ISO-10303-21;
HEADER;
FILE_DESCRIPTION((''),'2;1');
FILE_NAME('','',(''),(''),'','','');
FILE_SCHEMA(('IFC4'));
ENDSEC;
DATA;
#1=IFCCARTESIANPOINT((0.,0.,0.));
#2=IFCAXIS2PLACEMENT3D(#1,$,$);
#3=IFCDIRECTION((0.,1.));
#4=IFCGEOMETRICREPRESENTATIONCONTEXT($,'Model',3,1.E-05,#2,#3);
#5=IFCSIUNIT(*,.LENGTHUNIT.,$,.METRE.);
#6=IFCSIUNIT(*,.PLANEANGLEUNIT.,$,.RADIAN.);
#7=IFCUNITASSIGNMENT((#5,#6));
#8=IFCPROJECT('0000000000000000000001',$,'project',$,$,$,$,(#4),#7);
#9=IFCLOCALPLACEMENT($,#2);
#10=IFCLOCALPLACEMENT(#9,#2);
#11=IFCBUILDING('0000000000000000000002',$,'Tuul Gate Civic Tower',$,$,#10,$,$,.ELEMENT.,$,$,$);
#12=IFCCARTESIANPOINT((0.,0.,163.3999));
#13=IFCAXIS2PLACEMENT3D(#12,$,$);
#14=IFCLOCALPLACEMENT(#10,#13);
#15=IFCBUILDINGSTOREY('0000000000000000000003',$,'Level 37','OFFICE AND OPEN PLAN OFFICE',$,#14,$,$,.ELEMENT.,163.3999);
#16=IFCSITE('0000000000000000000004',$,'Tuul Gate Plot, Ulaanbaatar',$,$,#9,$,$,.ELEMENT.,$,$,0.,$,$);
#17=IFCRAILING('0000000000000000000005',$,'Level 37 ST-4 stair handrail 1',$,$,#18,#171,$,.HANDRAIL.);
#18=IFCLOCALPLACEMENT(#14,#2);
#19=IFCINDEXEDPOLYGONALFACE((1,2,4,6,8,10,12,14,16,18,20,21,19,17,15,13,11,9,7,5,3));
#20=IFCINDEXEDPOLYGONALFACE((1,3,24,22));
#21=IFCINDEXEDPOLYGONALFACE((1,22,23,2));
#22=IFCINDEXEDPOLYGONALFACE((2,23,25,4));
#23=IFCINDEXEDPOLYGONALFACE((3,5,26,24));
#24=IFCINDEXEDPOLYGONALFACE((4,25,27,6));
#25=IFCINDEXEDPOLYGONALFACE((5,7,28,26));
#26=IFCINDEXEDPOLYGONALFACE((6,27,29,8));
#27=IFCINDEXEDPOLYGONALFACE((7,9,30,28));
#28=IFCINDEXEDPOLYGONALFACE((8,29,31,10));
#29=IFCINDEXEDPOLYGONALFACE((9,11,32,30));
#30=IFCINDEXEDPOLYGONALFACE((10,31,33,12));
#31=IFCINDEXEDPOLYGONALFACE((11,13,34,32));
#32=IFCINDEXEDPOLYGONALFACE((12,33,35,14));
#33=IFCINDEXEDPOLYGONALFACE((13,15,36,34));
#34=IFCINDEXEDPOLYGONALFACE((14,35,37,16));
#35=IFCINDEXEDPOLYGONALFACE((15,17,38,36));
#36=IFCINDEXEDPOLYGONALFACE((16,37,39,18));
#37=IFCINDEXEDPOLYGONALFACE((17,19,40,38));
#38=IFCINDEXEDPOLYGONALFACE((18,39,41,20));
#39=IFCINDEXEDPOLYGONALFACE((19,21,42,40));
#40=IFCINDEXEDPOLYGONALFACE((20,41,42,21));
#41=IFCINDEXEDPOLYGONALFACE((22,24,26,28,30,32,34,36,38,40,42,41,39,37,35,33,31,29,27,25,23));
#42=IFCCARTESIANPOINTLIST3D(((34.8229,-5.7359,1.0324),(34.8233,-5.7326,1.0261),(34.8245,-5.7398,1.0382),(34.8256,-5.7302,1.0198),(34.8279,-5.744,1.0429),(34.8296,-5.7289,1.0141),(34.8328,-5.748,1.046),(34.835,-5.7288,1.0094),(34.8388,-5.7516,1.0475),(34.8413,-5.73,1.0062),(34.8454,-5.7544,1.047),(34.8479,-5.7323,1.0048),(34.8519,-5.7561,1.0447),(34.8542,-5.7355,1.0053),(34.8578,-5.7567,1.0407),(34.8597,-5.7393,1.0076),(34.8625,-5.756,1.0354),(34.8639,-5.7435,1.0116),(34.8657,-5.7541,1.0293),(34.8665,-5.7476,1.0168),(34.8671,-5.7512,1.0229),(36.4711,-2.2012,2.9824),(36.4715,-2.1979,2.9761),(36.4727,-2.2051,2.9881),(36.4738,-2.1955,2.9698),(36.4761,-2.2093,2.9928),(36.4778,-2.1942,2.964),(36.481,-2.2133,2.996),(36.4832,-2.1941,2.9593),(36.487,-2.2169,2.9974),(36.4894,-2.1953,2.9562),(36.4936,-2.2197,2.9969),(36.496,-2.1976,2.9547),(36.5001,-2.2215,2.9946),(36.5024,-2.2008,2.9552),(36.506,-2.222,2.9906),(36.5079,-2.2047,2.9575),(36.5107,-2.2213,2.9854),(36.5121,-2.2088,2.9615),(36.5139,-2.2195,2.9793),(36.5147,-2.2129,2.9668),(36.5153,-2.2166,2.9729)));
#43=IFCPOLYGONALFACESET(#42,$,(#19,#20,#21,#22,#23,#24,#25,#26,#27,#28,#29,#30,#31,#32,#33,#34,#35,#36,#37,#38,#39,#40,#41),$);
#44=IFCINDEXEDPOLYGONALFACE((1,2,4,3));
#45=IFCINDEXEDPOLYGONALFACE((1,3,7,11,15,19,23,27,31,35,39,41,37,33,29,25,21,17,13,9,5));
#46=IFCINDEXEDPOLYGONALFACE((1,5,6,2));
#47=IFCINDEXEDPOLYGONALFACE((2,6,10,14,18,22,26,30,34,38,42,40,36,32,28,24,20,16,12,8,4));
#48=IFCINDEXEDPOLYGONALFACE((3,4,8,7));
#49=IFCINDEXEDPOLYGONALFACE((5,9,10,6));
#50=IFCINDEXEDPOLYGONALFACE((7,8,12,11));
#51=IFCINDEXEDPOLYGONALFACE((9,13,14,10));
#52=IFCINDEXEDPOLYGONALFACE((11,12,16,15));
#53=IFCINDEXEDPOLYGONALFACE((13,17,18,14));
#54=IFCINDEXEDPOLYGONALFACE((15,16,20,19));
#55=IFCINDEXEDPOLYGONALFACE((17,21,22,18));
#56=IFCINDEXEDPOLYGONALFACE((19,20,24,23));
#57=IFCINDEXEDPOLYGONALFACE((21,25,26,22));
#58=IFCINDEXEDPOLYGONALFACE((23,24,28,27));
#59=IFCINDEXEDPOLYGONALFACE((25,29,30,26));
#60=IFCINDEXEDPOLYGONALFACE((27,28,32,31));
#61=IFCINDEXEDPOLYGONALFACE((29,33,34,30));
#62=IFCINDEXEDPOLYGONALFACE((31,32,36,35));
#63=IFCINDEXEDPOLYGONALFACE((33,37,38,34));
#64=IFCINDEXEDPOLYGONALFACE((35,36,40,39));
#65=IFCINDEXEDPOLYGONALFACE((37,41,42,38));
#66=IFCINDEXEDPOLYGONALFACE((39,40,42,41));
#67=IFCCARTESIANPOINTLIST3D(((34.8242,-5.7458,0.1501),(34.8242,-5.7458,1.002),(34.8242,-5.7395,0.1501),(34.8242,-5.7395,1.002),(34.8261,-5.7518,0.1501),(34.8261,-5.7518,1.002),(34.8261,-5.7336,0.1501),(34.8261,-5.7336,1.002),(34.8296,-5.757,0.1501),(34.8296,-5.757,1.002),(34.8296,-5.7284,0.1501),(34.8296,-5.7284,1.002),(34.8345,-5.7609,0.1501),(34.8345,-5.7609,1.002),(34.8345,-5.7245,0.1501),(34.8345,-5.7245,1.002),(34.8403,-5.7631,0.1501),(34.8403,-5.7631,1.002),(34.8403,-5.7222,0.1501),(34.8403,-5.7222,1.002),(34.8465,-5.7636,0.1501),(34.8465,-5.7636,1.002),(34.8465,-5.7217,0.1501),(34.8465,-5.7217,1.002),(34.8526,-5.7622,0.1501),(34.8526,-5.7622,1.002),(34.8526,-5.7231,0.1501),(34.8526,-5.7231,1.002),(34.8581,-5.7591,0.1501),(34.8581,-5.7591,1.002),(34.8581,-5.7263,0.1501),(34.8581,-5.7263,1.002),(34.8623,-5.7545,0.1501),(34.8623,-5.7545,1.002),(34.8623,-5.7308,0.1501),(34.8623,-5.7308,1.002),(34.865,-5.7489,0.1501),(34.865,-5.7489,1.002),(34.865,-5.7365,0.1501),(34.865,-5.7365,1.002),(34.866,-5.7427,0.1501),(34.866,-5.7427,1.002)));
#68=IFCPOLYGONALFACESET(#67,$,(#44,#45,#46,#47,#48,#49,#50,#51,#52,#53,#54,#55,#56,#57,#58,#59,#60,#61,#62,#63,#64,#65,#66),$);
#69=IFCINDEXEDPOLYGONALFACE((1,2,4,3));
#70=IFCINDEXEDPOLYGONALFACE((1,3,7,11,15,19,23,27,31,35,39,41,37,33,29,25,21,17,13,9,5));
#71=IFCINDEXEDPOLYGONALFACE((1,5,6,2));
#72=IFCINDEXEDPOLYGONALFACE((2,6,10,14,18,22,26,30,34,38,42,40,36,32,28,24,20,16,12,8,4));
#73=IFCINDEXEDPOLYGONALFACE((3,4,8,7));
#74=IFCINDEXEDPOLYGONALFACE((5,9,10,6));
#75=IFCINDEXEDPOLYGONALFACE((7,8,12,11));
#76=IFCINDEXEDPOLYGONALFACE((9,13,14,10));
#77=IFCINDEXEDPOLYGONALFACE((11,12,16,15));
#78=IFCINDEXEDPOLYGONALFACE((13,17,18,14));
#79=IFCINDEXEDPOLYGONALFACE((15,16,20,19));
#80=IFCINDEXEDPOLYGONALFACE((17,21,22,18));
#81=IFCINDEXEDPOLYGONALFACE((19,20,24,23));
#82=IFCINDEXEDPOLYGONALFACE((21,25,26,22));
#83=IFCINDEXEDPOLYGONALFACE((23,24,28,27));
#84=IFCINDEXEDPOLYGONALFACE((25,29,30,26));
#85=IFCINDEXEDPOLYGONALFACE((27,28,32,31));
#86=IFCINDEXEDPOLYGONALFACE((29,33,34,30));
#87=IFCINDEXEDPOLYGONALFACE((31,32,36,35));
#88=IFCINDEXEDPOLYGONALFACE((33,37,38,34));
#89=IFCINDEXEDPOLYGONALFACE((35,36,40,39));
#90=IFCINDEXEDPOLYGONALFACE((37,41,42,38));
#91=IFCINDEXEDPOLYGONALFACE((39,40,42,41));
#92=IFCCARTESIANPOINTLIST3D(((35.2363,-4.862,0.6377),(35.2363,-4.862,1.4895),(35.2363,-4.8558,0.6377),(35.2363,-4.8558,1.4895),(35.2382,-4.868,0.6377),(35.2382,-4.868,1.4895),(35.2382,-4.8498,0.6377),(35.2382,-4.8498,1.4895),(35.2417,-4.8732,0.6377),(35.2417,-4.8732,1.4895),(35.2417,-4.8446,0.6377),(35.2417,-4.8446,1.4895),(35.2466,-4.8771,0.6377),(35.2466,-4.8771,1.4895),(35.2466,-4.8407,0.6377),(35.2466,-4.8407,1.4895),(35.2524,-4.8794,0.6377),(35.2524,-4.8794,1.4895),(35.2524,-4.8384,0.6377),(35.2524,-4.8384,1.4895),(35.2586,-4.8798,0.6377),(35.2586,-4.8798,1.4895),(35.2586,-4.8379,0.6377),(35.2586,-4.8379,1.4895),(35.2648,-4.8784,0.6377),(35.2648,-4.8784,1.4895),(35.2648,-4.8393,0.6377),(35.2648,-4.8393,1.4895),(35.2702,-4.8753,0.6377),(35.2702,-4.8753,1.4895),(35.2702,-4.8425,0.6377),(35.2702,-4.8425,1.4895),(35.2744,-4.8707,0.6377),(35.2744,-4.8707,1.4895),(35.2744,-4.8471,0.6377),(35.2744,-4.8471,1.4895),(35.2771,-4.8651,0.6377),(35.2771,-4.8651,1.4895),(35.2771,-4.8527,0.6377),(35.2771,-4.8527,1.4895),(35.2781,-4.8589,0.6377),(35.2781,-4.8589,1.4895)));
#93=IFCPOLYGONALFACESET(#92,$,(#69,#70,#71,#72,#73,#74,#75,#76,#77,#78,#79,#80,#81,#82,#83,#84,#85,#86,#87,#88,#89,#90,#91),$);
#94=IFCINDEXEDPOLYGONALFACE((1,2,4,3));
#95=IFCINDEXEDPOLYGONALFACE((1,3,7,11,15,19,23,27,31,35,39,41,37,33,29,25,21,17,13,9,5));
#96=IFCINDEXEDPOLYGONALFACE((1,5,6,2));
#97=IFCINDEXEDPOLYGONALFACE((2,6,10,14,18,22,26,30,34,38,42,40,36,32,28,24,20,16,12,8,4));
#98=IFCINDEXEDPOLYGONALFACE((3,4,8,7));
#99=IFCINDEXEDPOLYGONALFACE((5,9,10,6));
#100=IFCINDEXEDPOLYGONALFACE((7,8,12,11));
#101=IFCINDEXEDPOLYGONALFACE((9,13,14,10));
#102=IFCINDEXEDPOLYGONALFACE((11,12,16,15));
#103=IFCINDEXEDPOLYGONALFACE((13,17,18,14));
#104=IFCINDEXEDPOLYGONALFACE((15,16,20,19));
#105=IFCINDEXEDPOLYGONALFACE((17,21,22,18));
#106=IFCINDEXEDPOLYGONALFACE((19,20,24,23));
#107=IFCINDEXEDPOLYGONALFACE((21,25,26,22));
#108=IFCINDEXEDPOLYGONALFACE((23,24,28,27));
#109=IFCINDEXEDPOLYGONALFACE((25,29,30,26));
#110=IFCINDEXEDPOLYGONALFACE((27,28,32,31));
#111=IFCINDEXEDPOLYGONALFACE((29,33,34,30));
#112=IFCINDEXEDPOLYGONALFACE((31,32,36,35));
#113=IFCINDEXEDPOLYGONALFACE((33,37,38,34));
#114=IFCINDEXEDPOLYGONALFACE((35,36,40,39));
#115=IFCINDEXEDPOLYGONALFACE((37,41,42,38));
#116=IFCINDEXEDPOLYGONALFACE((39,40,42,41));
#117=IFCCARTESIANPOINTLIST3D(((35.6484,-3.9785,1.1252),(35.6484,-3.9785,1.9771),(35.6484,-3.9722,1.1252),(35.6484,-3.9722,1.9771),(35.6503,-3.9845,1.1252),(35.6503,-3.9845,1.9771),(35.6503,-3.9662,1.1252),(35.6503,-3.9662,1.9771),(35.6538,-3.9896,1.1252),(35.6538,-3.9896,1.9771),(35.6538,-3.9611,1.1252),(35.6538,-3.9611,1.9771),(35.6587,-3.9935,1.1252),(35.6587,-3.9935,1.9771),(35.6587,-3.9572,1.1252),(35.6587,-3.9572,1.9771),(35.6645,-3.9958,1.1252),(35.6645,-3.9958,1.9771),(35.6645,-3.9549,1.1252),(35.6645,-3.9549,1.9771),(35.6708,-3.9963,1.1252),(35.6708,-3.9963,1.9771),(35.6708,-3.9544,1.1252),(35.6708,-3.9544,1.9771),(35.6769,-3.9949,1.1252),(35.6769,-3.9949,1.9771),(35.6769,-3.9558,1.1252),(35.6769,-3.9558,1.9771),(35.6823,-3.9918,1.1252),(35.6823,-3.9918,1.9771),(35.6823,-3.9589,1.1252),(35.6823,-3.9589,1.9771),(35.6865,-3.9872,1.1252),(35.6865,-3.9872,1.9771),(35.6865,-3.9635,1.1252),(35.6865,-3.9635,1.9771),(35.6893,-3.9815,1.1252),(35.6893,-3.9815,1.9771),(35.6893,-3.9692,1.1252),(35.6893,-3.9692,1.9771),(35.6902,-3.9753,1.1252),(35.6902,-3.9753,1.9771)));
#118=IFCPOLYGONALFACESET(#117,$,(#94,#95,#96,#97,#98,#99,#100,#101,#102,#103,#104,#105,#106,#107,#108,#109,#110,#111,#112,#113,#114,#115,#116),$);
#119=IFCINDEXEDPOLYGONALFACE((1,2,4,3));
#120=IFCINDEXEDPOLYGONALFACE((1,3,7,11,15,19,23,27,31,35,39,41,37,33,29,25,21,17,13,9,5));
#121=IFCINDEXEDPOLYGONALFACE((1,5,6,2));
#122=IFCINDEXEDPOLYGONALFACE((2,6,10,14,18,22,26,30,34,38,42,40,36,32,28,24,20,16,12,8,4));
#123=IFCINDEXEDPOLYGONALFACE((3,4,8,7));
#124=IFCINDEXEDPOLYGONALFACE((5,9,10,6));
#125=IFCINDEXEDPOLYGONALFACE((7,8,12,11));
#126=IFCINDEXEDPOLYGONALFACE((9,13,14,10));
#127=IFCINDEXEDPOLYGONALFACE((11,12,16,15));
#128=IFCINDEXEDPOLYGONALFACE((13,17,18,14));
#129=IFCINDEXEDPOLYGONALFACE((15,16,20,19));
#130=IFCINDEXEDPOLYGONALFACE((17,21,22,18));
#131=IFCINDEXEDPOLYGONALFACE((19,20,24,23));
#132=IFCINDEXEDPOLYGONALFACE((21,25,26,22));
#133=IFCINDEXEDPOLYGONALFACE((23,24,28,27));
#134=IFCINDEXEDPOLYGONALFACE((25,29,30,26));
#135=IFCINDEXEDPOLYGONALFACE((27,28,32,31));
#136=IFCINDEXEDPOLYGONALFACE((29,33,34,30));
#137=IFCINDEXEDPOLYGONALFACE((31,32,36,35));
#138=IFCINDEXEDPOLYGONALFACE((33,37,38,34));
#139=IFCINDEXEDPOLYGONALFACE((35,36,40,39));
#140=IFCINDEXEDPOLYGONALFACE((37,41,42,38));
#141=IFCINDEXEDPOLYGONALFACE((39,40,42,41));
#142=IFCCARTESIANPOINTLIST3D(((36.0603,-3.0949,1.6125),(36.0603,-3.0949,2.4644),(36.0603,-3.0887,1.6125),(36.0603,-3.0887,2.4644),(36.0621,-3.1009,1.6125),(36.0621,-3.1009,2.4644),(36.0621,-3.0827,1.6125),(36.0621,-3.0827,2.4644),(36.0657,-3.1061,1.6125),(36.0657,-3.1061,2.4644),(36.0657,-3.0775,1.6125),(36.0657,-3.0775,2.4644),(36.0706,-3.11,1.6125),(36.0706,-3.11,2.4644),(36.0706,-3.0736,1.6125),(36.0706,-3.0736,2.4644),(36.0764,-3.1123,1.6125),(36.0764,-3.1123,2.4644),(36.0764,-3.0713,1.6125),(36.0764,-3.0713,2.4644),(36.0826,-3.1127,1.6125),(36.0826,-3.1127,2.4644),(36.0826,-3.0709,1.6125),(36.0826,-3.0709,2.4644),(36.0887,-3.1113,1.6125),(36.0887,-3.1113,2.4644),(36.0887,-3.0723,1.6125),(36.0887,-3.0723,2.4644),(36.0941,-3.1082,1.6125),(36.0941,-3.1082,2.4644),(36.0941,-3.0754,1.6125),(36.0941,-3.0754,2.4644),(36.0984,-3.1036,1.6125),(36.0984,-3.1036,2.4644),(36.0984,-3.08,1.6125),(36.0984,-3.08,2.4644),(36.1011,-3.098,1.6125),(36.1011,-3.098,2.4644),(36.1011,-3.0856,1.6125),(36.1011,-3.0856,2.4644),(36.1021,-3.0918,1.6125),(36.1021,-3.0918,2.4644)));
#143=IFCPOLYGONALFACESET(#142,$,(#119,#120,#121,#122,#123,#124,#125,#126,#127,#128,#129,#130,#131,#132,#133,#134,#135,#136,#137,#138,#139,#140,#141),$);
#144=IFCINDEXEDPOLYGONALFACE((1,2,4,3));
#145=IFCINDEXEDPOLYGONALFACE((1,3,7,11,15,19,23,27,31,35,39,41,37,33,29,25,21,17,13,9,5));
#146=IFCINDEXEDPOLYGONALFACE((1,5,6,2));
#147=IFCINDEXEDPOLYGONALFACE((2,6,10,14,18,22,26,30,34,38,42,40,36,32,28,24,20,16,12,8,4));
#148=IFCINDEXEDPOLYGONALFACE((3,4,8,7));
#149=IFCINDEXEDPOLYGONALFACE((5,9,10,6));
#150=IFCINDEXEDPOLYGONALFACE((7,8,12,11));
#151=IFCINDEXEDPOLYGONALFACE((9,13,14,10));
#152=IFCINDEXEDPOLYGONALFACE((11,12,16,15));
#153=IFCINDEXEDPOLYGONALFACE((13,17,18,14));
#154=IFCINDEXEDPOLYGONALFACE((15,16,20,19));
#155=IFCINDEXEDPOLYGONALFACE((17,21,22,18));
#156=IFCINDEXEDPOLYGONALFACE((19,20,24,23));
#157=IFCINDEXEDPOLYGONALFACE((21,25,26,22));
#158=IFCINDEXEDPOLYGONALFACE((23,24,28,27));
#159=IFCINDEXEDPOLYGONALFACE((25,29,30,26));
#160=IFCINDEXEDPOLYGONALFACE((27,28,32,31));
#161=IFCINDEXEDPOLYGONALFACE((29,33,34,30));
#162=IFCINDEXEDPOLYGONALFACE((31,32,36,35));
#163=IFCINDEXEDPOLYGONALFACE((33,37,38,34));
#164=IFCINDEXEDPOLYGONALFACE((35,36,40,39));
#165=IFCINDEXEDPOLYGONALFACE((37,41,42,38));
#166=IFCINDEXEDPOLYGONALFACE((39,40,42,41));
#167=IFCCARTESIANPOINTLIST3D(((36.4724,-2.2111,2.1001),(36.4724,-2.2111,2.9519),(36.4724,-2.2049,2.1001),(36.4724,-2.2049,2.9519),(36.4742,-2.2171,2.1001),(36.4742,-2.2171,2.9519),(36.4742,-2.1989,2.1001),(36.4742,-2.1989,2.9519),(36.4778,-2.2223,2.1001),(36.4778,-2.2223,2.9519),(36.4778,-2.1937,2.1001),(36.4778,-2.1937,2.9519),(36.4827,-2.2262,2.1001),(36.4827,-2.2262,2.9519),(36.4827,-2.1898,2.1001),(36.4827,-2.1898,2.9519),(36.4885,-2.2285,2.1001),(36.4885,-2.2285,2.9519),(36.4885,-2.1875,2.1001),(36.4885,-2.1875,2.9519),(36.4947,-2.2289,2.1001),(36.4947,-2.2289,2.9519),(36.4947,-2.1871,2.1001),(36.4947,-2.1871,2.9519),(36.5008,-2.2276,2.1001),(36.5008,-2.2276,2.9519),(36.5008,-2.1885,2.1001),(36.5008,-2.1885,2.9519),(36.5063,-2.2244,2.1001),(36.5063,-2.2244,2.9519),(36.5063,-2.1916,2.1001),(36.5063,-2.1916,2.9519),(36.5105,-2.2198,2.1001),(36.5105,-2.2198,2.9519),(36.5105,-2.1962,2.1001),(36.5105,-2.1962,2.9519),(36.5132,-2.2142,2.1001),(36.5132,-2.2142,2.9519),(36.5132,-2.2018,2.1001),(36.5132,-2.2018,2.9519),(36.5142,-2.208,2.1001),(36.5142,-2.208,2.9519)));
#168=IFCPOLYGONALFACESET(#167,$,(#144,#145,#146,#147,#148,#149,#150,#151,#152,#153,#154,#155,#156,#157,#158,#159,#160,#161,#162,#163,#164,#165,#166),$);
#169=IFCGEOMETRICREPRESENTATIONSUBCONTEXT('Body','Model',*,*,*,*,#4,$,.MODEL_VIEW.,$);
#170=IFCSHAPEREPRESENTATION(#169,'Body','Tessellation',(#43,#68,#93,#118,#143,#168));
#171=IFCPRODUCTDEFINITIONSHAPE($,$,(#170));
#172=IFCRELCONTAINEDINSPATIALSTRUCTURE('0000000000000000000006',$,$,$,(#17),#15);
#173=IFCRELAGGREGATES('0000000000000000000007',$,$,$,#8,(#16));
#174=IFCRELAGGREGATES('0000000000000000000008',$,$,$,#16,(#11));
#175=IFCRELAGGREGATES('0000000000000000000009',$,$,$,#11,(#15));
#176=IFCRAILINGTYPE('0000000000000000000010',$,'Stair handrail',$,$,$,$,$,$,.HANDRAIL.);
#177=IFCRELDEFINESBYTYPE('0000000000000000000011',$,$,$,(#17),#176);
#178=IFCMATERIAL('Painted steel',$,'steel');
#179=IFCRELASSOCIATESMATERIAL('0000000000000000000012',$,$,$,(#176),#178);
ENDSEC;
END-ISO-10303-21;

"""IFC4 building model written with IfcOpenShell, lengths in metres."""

from ifc_helpers import new_model, si_unit, direction, frame, origin, origin_2d, place, context, subcontext, project, spatial, circle, extrude, material, type_object, element, save


model = new_model("IFC4")

# Units and contexts
model_context = context("Model", 3, precision=1e-05, world=origin(), true_north=direction((0.0, 1.0)))
body_context = subcontext(model_context, "Body", "Model", "MODEL_VIEW")
ifc_project = project(units=[si_unit("LENGTHUNIT", "METRE"), si_unit("PLANEANGLEUNIT", "RADIAN")], contexts=[model_context])

# Site, building, storey
site_placement = place(None, origin())
site = spatial("IfcSite", under=ifc_project, at=site_placement, Name="Tuul Gate Plot, Ulaanbaatar", CompositionType="ELEMENT", RefElevation=0.0)
building_placement = place(site_placement, origin())
building = spatial("IfcBuilding", under=site, at=building_placement, Name="Tuul Gate Civic Tower", CompositionType="ELEMENT")
storey_placement = place(building_placement, frame((0.0, 0.0, 163.3999)))
storey = spatial("IfcBuildingStorey", under=building, at=storey_placement, Name="Level 37", Description="OFFICE AND OPEN PLAN OFFICE", CompositionType="ELEMENT", Elevation=163.3999)

# Railing
ifc_material_1 = material(Name="Painted steel", Category="steel")
railing_type_1 = type_object("IfcRailingType", Name="Stair handrail", PredefinedType="HANDRAIL", material=ifc_material_1)
railing_1_placement = place(storey_placement, frame((34.845, -5.7427, 0.1501)))
element("IfcRailing", 1, at=railing_1_placement, inside=storey, type_object=railing_type_1, Name="Level 37 ST-4 stair handrail 1", PredefinedType="HANDRAIL", context=body_context, shape_type="SweptSolid", body=[
    extrude(circle(Radius=0.0239, at=origin_2d()), frame((0.0, 0.0, 0.876), z_axis=(0.377995, 0.810637, 0.4472), x_axis=(-0.906313, 0.422608, 0.0)), (0.0, 0.0, 1.0), 4.3604),
    extrude(circle(Radius=0.021, at=origin_2d()), origin(), (0.0, 0.0, 1.0), 0.8518),
    extrude(circle(Radius=0.021, at=origin_2d()), frame((0.4121, 0.8838, 0.4875)), (0.0, 0.0, 1.0), 0.8518),
    extrude(circle(Radius=0.021, at=origin_2d()), frame((0.8242, 1.7673, 0.9751)), (0.0, 0.0, 1.0), 0.8518),
    extrude(circle(Radius=0.021, at=origin_2d()), frame((1.2361, 2.6509, 1.4624)), (0.0, 0.0, 1.0), 0.8518),
    extrude(circle(Radius=0.021, at=origin_2d()), frame((1.6482, 3.5347, 1.95)), (0.0, 0.0, 1.0), 0.8518),
])

save(model, "model.ifc")
